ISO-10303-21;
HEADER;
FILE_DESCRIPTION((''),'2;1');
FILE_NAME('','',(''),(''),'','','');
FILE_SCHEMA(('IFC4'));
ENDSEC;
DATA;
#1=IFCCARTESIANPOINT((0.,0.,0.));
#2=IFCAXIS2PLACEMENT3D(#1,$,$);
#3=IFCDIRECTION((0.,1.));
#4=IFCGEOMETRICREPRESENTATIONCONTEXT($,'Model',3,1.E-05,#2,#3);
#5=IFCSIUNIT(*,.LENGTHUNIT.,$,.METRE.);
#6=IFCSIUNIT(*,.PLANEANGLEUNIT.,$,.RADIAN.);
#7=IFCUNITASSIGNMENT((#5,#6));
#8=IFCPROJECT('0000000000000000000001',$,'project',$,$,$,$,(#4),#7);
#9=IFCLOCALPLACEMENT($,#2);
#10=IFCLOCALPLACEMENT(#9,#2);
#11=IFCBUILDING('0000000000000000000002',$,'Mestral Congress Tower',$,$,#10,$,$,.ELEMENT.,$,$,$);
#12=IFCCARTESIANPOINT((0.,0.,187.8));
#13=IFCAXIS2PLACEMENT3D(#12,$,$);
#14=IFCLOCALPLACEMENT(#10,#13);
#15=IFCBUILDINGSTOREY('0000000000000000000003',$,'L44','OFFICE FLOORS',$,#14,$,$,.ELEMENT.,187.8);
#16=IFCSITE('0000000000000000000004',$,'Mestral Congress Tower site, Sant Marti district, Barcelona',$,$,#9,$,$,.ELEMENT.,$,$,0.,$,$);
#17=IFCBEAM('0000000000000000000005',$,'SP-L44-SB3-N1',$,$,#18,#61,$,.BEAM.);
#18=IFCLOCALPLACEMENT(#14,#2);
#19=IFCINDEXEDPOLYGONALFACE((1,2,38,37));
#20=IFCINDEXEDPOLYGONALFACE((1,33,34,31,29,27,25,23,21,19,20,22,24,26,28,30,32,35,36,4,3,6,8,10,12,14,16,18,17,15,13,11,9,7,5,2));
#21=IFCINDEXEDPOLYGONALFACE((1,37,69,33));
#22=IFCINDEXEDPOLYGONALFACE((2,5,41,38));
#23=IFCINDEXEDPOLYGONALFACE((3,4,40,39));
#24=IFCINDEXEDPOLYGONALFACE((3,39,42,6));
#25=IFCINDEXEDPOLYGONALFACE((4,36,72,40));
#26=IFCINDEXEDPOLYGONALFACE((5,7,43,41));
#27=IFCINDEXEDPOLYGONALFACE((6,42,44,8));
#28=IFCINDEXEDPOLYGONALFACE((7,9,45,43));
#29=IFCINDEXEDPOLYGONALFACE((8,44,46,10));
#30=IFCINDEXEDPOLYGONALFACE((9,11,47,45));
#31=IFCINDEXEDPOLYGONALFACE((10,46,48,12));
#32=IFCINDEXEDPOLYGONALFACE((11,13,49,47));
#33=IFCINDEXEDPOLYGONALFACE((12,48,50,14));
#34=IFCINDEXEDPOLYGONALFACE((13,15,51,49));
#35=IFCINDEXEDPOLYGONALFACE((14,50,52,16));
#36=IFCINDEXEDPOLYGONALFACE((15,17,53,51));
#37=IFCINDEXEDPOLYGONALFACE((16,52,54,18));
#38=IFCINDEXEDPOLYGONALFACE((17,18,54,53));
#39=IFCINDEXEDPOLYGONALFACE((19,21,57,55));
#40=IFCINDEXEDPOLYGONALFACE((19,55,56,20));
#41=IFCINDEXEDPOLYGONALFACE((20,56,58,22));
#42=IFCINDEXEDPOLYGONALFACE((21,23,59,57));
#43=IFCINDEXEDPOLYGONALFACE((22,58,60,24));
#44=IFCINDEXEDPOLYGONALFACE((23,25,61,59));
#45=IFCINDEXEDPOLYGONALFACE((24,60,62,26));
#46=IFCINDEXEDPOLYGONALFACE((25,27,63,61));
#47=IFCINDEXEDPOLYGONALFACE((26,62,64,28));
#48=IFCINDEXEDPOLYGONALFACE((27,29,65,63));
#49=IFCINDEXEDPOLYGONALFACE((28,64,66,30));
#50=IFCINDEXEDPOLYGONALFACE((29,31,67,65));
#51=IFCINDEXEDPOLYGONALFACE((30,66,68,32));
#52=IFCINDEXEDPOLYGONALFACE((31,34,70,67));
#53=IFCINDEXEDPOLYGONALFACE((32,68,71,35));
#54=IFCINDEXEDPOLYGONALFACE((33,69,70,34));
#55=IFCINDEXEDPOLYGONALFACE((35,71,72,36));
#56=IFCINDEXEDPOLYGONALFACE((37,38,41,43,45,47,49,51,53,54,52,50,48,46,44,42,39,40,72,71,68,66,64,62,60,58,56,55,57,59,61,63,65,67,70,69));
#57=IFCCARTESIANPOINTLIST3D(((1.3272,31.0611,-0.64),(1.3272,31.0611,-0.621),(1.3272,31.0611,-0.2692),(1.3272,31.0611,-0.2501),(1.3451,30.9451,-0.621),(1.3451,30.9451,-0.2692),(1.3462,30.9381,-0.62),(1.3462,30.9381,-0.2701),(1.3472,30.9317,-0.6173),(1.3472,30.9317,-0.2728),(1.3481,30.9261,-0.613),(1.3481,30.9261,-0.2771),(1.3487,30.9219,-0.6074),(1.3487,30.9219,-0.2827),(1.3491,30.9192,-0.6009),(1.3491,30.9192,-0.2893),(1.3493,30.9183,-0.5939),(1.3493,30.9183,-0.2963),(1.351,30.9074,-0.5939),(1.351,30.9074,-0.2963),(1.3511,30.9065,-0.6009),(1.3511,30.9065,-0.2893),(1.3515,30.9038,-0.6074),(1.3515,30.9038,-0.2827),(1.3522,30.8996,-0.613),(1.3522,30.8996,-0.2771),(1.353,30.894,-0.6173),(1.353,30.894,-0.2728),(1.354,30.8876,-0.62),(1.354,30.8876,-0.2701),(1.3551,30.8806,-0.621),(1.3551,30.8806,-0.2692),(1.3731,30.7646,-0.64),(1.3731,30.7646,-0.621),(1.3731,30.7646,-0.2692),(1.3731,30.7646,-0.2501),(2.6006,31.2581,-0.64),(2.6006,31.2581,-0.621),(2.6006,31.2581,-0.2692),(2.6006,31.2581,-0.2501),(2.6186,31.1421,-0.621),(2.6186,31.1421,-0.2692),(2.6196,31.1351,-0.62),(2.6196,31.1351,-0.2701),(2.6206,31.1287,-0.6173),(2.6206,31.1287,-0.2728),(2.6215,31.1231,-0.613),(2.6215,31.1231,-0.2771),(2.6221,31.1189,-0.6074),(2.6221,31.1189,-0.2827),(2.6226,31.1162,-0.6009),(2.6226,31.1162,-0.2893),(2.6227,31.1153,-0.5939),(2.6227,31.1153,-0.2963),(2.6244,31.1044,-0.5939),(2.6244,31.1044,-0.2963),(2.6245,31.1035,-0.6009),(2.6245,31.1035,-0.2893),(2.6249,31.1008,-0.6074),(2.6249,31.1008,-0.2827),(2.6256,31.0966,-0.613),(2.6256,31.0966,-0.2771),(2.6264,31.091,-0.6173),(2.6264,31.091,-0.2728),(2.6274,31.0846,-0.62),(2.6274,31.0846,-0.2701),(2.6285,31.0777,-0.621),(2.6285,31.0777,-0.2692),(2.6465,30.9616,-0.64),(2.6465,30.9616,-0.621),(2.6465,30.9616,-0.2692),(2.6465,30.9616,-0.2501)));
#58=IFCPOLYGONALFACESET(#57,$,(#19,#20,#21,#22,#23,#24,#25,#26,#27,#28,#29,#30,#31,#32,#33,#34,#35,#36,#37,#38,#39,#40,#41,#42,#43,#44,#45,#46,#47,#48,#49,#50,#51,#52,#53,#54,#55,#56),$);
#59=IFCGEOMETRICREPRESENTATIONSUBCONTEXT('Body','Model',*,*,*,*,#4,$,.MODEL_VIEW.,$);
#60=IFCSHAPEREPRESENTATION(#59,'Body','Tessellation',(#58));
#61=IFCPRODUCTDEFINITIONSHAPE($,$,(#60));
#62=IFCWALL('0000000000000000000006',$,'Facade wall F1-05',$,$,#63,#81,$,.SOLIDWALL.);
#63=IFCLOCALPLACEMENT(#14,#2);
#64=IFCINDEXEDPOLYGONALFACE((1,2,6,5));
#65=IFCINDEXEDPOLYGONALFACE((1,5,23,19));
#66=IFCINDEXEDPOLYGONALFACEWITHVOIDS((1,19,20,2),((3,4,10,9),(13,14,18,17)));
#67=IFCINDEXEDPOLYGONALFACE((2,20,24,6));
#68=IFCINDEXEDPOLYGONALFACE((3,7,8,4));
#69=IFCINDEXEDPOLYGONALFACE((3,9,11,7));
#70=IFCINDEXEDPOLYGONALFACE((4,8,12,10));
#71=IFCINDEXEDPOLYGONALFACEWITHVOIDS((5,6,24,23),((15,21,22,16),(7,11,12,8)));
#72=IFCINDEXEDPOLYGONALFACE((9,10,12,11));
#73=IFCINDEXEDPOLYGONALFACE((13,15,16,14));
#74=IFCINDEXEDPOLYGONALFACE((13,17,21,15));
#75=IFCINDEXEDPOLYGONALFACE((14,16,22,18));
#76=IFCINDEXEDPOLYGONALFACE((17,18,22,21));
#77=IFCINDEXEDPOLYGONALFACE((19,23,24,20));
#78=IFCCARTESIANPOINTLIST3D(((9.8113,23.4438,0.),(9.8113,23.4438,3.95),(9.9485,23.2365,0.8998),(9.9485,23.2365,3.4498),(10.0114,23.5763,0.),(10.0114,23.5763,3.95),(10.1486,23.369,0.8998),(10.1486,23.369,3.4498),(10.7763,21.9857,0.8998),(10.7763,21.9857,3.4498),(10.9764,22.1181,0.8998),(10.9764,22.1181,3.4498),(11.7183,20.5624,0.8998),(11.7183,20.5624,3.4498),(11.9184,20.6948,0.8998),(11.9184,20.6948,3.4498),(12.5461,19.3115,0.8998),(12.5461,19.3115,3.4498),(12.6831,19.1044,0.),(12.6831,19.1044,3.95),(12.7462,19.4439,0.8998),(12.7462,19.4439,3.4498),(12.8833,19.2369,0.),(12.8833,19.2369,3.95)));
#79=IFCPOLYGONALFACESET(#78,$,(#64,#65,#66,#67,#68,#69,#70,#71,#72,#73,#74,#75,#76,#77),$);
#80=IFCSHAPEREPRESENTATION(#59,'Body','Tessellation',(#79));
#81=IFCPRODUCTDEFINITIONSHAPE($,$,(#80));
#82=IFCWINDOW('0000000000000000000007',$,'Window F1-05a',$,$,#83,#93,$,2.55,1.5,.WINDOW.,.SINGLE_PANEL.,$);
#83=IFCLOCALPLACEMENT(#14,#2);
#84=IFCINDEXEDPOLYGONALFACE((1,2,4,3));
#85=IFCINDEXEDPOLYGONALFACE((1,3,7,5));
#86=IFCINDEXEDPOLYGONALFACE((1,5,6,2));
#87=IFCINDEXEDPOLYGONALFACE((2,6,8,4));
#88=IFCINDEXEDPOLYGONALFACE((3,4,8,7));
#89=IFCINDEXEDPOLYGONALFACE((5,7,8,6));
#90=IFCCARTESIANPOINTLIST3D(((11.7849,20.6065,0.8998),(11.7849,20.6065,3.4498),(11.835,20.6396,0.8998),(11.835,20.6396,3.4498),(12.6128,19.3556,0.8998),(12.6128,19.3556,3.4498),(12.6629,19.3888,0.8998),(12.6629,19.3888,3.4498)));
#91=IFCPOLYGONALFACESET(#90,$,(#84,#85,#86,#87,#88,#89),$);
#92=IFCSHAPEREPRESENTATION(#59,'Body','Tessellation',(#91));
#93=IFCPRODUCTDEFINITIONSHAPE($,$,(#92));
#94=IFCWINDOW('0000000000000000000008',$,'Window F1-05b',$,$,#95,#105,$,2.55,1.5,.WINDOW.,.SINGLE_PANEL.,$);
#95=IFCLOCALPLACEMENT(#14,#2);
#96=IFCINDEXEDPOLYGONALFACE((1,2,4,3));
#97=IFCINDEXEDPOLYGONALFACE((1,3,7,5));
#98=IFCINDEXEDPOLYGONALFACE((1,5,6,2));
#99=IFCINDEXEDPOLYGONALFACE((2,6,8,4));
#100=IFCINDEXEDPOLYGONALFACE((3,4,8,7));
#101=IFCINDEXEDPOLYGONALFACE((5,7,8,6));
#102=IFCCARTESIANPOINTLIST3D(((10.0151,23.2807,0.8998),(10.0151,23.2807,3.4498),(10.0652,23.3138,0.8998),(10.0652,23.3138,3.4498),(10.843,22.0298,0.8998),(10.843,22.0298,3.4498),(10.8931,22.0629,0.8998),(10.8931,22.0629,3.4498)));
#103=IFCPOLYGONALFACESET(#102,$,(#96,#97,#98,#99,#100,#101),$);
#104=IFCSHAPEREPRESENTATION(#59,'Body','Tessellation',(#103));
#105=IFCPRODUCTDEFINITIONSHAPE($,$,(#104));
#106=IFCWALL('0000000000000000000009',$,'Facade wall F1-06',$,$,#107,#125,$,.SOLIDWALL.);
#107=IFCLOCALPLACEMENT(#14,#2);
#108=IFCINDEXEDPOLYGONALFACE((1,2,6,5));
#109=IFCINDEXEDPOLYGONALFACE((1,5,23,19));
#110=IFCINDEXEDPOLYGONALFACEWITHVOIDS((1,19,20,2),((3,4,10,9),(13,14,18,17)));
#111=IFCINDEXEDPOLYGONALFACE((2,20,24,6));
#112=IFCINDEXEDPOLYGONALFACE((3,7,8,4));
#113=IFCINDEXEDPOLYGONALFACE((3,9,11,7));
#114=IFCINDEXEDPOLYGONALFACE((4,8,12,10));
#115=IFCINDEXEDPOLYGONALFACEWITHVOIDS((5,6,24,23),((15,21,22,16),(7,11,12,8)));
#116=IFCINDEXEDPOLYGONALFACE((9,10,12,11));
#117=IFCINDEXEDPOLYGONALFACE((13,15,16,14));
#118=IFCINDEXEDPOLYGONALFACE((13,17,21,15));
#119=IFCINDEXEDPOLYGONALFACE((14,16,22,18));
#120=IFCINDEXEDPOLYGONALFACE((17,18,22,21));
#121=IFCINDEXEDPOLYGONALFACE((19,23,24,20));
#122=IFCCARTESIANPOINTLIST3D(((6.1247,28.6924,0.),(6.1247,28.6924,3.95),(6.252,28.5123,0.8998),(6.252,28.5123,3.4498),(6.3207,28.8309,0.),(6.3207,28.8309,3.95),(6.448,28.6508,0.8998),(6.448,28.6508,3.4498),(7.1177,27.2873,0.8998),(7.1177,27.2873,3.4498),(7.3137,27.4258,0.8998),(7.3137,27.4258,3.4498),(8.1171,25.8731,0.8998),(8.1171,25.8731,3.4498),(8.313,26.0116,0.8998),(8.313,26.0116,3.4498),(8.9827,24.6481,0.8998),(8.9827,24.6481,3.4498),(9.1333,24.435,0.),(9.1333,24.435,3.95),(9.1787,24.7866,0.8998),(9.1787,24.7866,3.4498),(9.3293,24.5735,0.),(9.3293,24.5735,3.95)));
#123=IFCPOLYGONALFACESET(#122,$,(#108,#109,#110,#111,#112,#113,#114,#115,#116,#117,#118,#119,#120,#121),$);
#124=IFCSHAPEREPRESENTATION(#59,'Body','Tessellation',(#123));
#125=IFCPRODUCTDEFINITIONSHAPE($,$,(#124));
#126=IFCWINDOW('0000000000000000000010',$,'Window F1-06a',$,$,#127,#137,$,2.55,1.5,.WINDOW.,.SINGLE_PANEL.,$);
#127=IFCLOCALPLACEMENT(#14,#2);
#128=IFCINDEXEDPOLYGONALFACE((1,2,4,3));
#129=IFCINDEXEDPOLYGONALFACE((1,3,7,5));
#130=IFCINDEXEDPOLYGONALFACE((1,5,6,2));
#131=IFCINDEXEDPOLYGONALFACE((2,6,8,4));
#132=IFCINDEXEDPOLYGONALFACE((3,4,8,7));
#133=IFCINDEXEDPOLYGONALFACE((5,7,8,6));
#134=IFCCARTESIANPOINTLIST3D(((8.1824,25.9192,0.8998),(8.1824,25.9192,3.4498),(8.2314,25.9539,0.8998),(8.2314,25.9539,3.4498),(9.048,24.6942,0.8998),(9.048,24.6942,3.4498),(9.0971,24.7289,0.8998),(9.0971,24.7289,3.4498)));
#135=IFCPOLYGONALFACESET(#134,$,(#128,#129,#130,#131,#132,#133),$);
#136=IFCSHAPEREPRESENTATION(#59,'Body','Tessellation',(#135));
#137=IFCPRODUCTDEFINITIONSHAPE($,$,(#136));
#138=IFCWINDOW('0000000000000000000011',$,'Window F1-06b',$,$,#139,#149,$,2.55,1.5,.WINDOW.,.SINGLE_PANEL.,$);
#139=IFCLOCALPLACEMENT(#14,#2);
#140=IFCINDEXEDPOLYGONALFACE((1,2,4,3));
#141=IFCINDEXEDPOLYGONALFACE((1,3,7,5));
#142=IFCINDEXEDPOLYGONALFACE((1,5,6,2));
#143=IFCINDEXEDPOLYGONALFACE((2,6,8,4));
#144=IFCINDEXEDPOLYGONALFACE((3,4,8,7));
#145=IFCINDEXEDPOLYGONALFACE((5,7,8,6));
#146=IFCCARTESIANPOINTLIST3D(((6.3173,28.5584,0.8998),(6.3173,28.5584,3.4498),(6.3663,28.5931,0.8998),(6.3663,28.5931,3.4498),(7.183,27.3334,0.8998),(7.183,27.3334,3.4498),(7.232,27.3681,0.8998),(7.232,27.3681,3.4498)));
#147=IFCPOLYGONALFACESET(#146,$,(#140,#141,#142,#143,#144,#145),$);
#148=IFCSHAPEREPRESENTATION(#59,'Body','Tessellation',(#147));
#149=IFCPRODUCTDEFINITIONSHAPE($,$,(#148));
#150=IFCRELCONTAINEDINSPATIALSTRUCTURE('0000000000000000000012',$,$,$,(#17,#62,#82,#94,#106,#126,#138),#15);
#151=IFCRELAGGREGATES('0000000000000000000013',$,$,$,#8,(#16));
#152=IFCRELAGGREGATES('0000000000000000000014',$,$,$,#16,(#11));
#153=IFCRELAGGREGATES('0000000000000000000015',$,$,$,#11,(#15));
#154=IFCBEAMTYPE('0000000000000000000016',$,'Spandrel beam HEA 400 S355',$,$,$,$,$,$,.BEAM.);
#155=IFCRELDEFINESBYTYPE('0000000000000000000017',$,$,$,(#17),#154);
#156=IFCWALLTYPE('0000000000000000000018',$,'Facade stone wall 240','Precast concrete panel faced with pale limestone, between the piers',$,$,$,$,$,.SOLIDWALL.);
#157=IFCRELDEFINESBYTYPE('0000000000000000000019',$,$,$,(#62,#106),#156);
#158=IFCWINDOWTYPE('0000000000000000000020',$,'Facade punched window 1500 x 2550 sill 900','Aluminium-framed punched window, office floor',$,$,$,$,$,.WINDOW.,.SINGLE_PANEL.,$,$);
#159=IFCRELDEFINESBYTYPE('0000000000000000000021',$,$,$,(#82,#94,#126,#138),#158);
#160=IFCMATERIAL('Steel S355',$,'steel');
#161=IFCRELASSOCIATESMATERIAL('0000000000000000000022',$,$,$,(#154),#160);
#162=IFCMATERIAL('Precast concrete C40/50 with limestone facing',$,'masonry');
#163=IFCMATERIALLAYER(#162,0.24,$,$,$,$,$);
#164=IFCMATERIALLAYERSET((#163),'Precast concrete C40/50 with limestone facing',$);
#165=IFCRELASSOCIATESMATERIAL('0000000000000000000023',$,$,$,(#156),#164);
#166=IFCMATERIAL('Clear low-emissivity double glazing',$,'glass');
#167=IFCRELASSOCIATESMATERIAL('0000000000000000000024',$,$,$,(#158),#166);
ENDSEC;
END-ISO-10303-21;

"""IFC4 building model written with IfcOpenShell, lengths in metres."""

from ifc_helpers import new_model, si_unit, direction, frame, frame_2d, origin, origin_2d, place, context, subcontext, project, spatial, rectangle, i_section, extrude, material, layer, layer_set, material_profile, profile_set, type_object, element, fill, save


model = new_model("IFC4")

# Units and contexts
model_context = context("Model", 3, precision=1e-05, world=origin(), true_north=direction((0.0, 1.0)))
body_context = subcontext(model_context, "Body", "Model", "MODEL_VIEW")
ifc_project = project(units=[si_unit("LENGTHUNIT", "METRE"), si_unit("PLANEANGLEUNIT", "RADIAN")], contexts=[model_context])

# Site, building, storey
site_placement = place(None, origin())
site = spatial("IfcSite", under=ifc_project, at=site_placement, Name="Mestral Congress Tower site, Sant Marti district, Barcelona", CompositionType="ELEMENT", RefElevation=0.0)
building_placement = place(site_placement, origin())
building = spatial("IfcBuilding", under=site, at=building_placement, Name="Mestral Congress Tower", CompositionType="ELEMENT")
storey_placement = place(building_placement, frame((0.0, 0.0, 187.8)))
storey = spatial("IfcBuildingStorey", under=building, at=storey_placement, Name="L44", Description="OFFICE FLOORS", CompositionType="ELEMENT", Elevation=187.8)

# Beam
ifc_material_1 = material(Name="Steel S355", Category="steel")
ifc_material_profile_1 = material_profile(ifc_material_1, i_section(OverallWidth=0.3, OverallDepth=0.3899, WebThickness=0.011, FlangeThickness=0.019, FilletRadius=0.0271, at=origin_2d()), Name="HEA 400")
ifc_profile_set_1 = profile_set([ifc_material_profile_1], Name="Steel S355")
beam_type_1 = type_object("IfcBeamType", Name="Spandrel beam HEA 400 S355", PredefinedType="BEAM", material=ifc_profile_set_1)
beam_1_placement = place(storey_placement, frame((2.6235, 31.1099, -0.4451), z_axis=(-0.988242, -0.152897, 0.0), x_axis=(0.152897, -0.988242, 0.0)))
element("IfcBeam", 1, at=beam_1_placement, inside=storey, type_object=beam_type_1, Name="SP-L44-SB3-N1", PredefinedType="BEAM", context=body_context, shape_type="SweptSolid", body=[
    extrude(i_section(OverallWidth=0.3, OverallDepth=0.3899, WebThickness=0.011, FlangeThickness=0.019, FilletRadius=0.0271, at=origin_2d()), origin(), (0.0, 0.0, 1.0), 1.2886),
])

# Walls, openings, windows
ifc_material_2 = material(Name="Precast concrete C40/50 with limestone facing", Category="masonry")
ifc_layer_1 = layer(ifc_material_2, 0.24)
ifc_layer_set_1 = layer_set([ifc_layer_1], Name="Precast concrete C40/50 with limestone facing")
wall_type_1 = type_object("IfcWallType", Name="Facade stone wall 240", Description="Precast concrete panel faced with pale limestone, between the piers", PredefinedType="SOLIDWALL", material=ifc_layer_set_1)
wall_1_placement = place(storey_placement, frame((12.7832, 19.1707, 0.0), z_axis=(0.0, 0.0, 1.0), x_axis=(-0.551893, 0.833915, 0.0)))
wall_1 = element("IfcWall", 2, at=wall_1_placement, inside=storey, type_object=wall_type_1, Name="Facade wall F1-05", PredefinedType="SOLIDWALL", context=body_context, shape_type="SweptSolid", body=[
    extrude(rectangle(XDim=5.2036, YDim=0.24, at=frame_2d((2.6018, 0.0))), origin(), (0.0, 0.0, 1.0), 3.95),
])
opening_1_placement = place(wall_1_placement, frame((0.2483, 0.0, 0.8999)))
opening_1 = element("IfcOpeningElement", 3, at=opening_1_placement, cuts=wall_1, PredefinedType="OPENING", context=body_context, shape_type="SweptSolid", body=[
    extrude(rectangle(XDim=1.5, YDim=2.55, at=frame_2d((0.75, 1.2749))), frame((0.0, 0.1299, 0.0), z_axis=(0.0, -1.0, 0.0), x_axis=(1.0, 0.0, 0.0)), (0.0, 0.0, 1.0), 0.26),
])
opening_2_placement = place(wall_1_placement, frame((3.4551, 0.0, 0.8999)))
opening_2 = element("IfcOpeningElement", 4, at=opening_2_placement, cuts=wall_1, PredefinedType="OPENING", context=body_context, shape_type="SweptSolid", body=[
    extrude(rectangle(XDim=1.5, YDim=2.55, at=frame_2d((0.75, 1.2749))), frame((0.0, 0.1299, 0.0), z_axis=(0.0, -1.0, 0.0), x_axis=(1.0, 0.0, 0.0)), (0.0, 0.0, 1.0), 0.26),
])
ifc_material_3 = material(Name="Clear low-emissivity double glazing", Category="glass")
window_type_1 = type_object("IfcWindowType", Name="Facade punched window 1500 x 2550 sill 900", Description="Aluminium-framed punched window, office floor", PartitioningType="SINGLE_PANEL", PredefinedType="WINDOW", material=ifc_material_3)
window_1_placement = place(opening_1_placement, origin())
window_1 = element("IfcWindow", 5, at=window_1_placement, inside=storey, type_object=window_type_1, Name="Window F1-05a", OverallHeight=2.55, OverallWidth=1.5, PartitioningType="SINGLE_PANEL", PredefinedType="WINDOW", context=body_context, shape_type="SweptSolid", body=[
    extrude(rectangle(XDim=1.5, YDim=2.55, at=frame_2d((0.75, 1.2749))), frame((0.0, 0.04, 0.0), z_axis=(0.0, -1.0, 0.0), x_axis=(1.0, 0.0, 0.0)), (0.0, 0.0, 1.0), 0.0601),
])
fill(opening_1, window_1)
window_2_placement = place(opening_2_placement, origin())
window_2 = element("IfcWindow", 6, at=window_2_placement, inside=storey, type_object=window_type_1, Name="Window F1-05b", OverallHeight=2.55, OverallWidth=1.5, PartitioningType="SINGLE_PANEL", PredefinedType="WINDOW", context=body_context, shape_type="SweptSolid", body=[
    extrude(rectangle(XDim=1.5, YDim=2.55, at=frame_2d((0.75, 1.2749))), frame((0.0, 0.04, 0.0), z_axis=(0.0, -1.0, 0.0), x_axis=(1.0, 0.0, 0.0)), (0.0, 0.0, 1.0), 0.0601),
])
fill(opening_2, window_2)
wall_2_placement = place(storey_placement, frame((9.2312, 24.5044, 0.0), z_axis=(0.0, 0.0, 1.0), x_axis=(-0.577115, 0.816663, 0.0)))
wall_2 = element("IfcWall", 7, at=wall_2_placement, inside=storey, type_object=wall_type_1, Name="Facade wall F1-06", PredefinedType="SOLIDWALL", context=body_context, shape_type="SweptSolid", body=[
    extrude(rectangle(XDim=5.2131, YDim=0.24, at=frame_2d((2.6064, 0.0))), origin(), (0.0, 0.0, 1.0), 3.95),
])
opening_3_placement = place(wall_2_placement, frame((0.2607, 0.0, 0.8999)))
opening_3 = element("IfcOpeningElement", 8, at=opening_3_placement, cuts=wall_2, PredefinedType="OPENING", context=body_context, shape_type="SweptSolid", body=[
    extrude(rectangle(XDim=1.5, YDim=2.55, at=frame_2d((0.75, 1.2749))), frame((0.0, 0.1299, 0.0), z_axis=(0.0, -1.0, 0.0), x_axis=(1.0, 0.0, 0.0)), (0.0, 0.0, 1.0), 0.26),
])
opening_4_placement = place(wall_2_placement, frame((3.4924, 0.0, 0.8999)))
opening_4 = element("IfcOpeningElement", 9, at=opening_4_placement, cuts=wall_2, PredefinedType="OPENING", context=body_context, shape_type="SweptSolid", body=[
    extrude(rectangle(XDim=1.5, YDim=2.55, at=frame_2d((0.75, 1.2749))), frame((0.0, 0.1299, 0.0), z_axis=(0.0, -1.0, 0.0), x_axis=(1.0, 0.0, 0.0)), (0.0, 0.0, 1.0), 0.26),
])
window_3_placement = place(opening_3_placement, origin())
window_3 = element("IfcWindow", 10, at=window_3_placement, inside=storey, type_object=window_type_1, Name="Window F1-06a", OverallHeight=2.55, OverallWidth=1.5, PartitioningType="SINGLE_PANEL", PredefinedType="WINDOW", context=body_context, shape_type="SweptSolid", body=[
    extrude(rectangle(XDim=1.5, YDim=2.55, at=frame_2d((0.75, 1.2749))), frame((0.0, 0.04, 0.0), z_axis=(0.0, -1.0, 0.0), x_axis=(1.0, 0.0, 0.0)), (0.0, 0.0, 1.0), 0.0601),
])
fill(opening_3, window_3)
window_4_placement = place(opening_4_placement, origin())
window_4 = element("IfcWindow", 11, at=window_4_placement, inside=storey, type_object=window_type_1, Name="Window F1-06b", OverallHeight=2.55, OverallWidth=1.5, PartitioningType="SINGLE_PANEL", PredefinedType="WINDOW", context=body_context, shape_type="SweptSolid", body=[
    extrude(rectangle(XDim=1.5, YDim=2.55, at=frame_2d((0.75, 1.2749))), frame((0.0, 0.04, 0.0), z_axis=(0.0, -1.0, 0.0), x_axis=(1.0, 0.0, 0.0)), (0.0, 0.0, 1.0), 0.0601),
])
fill(opening_4, window_4)

save(model, "model.ifc")
